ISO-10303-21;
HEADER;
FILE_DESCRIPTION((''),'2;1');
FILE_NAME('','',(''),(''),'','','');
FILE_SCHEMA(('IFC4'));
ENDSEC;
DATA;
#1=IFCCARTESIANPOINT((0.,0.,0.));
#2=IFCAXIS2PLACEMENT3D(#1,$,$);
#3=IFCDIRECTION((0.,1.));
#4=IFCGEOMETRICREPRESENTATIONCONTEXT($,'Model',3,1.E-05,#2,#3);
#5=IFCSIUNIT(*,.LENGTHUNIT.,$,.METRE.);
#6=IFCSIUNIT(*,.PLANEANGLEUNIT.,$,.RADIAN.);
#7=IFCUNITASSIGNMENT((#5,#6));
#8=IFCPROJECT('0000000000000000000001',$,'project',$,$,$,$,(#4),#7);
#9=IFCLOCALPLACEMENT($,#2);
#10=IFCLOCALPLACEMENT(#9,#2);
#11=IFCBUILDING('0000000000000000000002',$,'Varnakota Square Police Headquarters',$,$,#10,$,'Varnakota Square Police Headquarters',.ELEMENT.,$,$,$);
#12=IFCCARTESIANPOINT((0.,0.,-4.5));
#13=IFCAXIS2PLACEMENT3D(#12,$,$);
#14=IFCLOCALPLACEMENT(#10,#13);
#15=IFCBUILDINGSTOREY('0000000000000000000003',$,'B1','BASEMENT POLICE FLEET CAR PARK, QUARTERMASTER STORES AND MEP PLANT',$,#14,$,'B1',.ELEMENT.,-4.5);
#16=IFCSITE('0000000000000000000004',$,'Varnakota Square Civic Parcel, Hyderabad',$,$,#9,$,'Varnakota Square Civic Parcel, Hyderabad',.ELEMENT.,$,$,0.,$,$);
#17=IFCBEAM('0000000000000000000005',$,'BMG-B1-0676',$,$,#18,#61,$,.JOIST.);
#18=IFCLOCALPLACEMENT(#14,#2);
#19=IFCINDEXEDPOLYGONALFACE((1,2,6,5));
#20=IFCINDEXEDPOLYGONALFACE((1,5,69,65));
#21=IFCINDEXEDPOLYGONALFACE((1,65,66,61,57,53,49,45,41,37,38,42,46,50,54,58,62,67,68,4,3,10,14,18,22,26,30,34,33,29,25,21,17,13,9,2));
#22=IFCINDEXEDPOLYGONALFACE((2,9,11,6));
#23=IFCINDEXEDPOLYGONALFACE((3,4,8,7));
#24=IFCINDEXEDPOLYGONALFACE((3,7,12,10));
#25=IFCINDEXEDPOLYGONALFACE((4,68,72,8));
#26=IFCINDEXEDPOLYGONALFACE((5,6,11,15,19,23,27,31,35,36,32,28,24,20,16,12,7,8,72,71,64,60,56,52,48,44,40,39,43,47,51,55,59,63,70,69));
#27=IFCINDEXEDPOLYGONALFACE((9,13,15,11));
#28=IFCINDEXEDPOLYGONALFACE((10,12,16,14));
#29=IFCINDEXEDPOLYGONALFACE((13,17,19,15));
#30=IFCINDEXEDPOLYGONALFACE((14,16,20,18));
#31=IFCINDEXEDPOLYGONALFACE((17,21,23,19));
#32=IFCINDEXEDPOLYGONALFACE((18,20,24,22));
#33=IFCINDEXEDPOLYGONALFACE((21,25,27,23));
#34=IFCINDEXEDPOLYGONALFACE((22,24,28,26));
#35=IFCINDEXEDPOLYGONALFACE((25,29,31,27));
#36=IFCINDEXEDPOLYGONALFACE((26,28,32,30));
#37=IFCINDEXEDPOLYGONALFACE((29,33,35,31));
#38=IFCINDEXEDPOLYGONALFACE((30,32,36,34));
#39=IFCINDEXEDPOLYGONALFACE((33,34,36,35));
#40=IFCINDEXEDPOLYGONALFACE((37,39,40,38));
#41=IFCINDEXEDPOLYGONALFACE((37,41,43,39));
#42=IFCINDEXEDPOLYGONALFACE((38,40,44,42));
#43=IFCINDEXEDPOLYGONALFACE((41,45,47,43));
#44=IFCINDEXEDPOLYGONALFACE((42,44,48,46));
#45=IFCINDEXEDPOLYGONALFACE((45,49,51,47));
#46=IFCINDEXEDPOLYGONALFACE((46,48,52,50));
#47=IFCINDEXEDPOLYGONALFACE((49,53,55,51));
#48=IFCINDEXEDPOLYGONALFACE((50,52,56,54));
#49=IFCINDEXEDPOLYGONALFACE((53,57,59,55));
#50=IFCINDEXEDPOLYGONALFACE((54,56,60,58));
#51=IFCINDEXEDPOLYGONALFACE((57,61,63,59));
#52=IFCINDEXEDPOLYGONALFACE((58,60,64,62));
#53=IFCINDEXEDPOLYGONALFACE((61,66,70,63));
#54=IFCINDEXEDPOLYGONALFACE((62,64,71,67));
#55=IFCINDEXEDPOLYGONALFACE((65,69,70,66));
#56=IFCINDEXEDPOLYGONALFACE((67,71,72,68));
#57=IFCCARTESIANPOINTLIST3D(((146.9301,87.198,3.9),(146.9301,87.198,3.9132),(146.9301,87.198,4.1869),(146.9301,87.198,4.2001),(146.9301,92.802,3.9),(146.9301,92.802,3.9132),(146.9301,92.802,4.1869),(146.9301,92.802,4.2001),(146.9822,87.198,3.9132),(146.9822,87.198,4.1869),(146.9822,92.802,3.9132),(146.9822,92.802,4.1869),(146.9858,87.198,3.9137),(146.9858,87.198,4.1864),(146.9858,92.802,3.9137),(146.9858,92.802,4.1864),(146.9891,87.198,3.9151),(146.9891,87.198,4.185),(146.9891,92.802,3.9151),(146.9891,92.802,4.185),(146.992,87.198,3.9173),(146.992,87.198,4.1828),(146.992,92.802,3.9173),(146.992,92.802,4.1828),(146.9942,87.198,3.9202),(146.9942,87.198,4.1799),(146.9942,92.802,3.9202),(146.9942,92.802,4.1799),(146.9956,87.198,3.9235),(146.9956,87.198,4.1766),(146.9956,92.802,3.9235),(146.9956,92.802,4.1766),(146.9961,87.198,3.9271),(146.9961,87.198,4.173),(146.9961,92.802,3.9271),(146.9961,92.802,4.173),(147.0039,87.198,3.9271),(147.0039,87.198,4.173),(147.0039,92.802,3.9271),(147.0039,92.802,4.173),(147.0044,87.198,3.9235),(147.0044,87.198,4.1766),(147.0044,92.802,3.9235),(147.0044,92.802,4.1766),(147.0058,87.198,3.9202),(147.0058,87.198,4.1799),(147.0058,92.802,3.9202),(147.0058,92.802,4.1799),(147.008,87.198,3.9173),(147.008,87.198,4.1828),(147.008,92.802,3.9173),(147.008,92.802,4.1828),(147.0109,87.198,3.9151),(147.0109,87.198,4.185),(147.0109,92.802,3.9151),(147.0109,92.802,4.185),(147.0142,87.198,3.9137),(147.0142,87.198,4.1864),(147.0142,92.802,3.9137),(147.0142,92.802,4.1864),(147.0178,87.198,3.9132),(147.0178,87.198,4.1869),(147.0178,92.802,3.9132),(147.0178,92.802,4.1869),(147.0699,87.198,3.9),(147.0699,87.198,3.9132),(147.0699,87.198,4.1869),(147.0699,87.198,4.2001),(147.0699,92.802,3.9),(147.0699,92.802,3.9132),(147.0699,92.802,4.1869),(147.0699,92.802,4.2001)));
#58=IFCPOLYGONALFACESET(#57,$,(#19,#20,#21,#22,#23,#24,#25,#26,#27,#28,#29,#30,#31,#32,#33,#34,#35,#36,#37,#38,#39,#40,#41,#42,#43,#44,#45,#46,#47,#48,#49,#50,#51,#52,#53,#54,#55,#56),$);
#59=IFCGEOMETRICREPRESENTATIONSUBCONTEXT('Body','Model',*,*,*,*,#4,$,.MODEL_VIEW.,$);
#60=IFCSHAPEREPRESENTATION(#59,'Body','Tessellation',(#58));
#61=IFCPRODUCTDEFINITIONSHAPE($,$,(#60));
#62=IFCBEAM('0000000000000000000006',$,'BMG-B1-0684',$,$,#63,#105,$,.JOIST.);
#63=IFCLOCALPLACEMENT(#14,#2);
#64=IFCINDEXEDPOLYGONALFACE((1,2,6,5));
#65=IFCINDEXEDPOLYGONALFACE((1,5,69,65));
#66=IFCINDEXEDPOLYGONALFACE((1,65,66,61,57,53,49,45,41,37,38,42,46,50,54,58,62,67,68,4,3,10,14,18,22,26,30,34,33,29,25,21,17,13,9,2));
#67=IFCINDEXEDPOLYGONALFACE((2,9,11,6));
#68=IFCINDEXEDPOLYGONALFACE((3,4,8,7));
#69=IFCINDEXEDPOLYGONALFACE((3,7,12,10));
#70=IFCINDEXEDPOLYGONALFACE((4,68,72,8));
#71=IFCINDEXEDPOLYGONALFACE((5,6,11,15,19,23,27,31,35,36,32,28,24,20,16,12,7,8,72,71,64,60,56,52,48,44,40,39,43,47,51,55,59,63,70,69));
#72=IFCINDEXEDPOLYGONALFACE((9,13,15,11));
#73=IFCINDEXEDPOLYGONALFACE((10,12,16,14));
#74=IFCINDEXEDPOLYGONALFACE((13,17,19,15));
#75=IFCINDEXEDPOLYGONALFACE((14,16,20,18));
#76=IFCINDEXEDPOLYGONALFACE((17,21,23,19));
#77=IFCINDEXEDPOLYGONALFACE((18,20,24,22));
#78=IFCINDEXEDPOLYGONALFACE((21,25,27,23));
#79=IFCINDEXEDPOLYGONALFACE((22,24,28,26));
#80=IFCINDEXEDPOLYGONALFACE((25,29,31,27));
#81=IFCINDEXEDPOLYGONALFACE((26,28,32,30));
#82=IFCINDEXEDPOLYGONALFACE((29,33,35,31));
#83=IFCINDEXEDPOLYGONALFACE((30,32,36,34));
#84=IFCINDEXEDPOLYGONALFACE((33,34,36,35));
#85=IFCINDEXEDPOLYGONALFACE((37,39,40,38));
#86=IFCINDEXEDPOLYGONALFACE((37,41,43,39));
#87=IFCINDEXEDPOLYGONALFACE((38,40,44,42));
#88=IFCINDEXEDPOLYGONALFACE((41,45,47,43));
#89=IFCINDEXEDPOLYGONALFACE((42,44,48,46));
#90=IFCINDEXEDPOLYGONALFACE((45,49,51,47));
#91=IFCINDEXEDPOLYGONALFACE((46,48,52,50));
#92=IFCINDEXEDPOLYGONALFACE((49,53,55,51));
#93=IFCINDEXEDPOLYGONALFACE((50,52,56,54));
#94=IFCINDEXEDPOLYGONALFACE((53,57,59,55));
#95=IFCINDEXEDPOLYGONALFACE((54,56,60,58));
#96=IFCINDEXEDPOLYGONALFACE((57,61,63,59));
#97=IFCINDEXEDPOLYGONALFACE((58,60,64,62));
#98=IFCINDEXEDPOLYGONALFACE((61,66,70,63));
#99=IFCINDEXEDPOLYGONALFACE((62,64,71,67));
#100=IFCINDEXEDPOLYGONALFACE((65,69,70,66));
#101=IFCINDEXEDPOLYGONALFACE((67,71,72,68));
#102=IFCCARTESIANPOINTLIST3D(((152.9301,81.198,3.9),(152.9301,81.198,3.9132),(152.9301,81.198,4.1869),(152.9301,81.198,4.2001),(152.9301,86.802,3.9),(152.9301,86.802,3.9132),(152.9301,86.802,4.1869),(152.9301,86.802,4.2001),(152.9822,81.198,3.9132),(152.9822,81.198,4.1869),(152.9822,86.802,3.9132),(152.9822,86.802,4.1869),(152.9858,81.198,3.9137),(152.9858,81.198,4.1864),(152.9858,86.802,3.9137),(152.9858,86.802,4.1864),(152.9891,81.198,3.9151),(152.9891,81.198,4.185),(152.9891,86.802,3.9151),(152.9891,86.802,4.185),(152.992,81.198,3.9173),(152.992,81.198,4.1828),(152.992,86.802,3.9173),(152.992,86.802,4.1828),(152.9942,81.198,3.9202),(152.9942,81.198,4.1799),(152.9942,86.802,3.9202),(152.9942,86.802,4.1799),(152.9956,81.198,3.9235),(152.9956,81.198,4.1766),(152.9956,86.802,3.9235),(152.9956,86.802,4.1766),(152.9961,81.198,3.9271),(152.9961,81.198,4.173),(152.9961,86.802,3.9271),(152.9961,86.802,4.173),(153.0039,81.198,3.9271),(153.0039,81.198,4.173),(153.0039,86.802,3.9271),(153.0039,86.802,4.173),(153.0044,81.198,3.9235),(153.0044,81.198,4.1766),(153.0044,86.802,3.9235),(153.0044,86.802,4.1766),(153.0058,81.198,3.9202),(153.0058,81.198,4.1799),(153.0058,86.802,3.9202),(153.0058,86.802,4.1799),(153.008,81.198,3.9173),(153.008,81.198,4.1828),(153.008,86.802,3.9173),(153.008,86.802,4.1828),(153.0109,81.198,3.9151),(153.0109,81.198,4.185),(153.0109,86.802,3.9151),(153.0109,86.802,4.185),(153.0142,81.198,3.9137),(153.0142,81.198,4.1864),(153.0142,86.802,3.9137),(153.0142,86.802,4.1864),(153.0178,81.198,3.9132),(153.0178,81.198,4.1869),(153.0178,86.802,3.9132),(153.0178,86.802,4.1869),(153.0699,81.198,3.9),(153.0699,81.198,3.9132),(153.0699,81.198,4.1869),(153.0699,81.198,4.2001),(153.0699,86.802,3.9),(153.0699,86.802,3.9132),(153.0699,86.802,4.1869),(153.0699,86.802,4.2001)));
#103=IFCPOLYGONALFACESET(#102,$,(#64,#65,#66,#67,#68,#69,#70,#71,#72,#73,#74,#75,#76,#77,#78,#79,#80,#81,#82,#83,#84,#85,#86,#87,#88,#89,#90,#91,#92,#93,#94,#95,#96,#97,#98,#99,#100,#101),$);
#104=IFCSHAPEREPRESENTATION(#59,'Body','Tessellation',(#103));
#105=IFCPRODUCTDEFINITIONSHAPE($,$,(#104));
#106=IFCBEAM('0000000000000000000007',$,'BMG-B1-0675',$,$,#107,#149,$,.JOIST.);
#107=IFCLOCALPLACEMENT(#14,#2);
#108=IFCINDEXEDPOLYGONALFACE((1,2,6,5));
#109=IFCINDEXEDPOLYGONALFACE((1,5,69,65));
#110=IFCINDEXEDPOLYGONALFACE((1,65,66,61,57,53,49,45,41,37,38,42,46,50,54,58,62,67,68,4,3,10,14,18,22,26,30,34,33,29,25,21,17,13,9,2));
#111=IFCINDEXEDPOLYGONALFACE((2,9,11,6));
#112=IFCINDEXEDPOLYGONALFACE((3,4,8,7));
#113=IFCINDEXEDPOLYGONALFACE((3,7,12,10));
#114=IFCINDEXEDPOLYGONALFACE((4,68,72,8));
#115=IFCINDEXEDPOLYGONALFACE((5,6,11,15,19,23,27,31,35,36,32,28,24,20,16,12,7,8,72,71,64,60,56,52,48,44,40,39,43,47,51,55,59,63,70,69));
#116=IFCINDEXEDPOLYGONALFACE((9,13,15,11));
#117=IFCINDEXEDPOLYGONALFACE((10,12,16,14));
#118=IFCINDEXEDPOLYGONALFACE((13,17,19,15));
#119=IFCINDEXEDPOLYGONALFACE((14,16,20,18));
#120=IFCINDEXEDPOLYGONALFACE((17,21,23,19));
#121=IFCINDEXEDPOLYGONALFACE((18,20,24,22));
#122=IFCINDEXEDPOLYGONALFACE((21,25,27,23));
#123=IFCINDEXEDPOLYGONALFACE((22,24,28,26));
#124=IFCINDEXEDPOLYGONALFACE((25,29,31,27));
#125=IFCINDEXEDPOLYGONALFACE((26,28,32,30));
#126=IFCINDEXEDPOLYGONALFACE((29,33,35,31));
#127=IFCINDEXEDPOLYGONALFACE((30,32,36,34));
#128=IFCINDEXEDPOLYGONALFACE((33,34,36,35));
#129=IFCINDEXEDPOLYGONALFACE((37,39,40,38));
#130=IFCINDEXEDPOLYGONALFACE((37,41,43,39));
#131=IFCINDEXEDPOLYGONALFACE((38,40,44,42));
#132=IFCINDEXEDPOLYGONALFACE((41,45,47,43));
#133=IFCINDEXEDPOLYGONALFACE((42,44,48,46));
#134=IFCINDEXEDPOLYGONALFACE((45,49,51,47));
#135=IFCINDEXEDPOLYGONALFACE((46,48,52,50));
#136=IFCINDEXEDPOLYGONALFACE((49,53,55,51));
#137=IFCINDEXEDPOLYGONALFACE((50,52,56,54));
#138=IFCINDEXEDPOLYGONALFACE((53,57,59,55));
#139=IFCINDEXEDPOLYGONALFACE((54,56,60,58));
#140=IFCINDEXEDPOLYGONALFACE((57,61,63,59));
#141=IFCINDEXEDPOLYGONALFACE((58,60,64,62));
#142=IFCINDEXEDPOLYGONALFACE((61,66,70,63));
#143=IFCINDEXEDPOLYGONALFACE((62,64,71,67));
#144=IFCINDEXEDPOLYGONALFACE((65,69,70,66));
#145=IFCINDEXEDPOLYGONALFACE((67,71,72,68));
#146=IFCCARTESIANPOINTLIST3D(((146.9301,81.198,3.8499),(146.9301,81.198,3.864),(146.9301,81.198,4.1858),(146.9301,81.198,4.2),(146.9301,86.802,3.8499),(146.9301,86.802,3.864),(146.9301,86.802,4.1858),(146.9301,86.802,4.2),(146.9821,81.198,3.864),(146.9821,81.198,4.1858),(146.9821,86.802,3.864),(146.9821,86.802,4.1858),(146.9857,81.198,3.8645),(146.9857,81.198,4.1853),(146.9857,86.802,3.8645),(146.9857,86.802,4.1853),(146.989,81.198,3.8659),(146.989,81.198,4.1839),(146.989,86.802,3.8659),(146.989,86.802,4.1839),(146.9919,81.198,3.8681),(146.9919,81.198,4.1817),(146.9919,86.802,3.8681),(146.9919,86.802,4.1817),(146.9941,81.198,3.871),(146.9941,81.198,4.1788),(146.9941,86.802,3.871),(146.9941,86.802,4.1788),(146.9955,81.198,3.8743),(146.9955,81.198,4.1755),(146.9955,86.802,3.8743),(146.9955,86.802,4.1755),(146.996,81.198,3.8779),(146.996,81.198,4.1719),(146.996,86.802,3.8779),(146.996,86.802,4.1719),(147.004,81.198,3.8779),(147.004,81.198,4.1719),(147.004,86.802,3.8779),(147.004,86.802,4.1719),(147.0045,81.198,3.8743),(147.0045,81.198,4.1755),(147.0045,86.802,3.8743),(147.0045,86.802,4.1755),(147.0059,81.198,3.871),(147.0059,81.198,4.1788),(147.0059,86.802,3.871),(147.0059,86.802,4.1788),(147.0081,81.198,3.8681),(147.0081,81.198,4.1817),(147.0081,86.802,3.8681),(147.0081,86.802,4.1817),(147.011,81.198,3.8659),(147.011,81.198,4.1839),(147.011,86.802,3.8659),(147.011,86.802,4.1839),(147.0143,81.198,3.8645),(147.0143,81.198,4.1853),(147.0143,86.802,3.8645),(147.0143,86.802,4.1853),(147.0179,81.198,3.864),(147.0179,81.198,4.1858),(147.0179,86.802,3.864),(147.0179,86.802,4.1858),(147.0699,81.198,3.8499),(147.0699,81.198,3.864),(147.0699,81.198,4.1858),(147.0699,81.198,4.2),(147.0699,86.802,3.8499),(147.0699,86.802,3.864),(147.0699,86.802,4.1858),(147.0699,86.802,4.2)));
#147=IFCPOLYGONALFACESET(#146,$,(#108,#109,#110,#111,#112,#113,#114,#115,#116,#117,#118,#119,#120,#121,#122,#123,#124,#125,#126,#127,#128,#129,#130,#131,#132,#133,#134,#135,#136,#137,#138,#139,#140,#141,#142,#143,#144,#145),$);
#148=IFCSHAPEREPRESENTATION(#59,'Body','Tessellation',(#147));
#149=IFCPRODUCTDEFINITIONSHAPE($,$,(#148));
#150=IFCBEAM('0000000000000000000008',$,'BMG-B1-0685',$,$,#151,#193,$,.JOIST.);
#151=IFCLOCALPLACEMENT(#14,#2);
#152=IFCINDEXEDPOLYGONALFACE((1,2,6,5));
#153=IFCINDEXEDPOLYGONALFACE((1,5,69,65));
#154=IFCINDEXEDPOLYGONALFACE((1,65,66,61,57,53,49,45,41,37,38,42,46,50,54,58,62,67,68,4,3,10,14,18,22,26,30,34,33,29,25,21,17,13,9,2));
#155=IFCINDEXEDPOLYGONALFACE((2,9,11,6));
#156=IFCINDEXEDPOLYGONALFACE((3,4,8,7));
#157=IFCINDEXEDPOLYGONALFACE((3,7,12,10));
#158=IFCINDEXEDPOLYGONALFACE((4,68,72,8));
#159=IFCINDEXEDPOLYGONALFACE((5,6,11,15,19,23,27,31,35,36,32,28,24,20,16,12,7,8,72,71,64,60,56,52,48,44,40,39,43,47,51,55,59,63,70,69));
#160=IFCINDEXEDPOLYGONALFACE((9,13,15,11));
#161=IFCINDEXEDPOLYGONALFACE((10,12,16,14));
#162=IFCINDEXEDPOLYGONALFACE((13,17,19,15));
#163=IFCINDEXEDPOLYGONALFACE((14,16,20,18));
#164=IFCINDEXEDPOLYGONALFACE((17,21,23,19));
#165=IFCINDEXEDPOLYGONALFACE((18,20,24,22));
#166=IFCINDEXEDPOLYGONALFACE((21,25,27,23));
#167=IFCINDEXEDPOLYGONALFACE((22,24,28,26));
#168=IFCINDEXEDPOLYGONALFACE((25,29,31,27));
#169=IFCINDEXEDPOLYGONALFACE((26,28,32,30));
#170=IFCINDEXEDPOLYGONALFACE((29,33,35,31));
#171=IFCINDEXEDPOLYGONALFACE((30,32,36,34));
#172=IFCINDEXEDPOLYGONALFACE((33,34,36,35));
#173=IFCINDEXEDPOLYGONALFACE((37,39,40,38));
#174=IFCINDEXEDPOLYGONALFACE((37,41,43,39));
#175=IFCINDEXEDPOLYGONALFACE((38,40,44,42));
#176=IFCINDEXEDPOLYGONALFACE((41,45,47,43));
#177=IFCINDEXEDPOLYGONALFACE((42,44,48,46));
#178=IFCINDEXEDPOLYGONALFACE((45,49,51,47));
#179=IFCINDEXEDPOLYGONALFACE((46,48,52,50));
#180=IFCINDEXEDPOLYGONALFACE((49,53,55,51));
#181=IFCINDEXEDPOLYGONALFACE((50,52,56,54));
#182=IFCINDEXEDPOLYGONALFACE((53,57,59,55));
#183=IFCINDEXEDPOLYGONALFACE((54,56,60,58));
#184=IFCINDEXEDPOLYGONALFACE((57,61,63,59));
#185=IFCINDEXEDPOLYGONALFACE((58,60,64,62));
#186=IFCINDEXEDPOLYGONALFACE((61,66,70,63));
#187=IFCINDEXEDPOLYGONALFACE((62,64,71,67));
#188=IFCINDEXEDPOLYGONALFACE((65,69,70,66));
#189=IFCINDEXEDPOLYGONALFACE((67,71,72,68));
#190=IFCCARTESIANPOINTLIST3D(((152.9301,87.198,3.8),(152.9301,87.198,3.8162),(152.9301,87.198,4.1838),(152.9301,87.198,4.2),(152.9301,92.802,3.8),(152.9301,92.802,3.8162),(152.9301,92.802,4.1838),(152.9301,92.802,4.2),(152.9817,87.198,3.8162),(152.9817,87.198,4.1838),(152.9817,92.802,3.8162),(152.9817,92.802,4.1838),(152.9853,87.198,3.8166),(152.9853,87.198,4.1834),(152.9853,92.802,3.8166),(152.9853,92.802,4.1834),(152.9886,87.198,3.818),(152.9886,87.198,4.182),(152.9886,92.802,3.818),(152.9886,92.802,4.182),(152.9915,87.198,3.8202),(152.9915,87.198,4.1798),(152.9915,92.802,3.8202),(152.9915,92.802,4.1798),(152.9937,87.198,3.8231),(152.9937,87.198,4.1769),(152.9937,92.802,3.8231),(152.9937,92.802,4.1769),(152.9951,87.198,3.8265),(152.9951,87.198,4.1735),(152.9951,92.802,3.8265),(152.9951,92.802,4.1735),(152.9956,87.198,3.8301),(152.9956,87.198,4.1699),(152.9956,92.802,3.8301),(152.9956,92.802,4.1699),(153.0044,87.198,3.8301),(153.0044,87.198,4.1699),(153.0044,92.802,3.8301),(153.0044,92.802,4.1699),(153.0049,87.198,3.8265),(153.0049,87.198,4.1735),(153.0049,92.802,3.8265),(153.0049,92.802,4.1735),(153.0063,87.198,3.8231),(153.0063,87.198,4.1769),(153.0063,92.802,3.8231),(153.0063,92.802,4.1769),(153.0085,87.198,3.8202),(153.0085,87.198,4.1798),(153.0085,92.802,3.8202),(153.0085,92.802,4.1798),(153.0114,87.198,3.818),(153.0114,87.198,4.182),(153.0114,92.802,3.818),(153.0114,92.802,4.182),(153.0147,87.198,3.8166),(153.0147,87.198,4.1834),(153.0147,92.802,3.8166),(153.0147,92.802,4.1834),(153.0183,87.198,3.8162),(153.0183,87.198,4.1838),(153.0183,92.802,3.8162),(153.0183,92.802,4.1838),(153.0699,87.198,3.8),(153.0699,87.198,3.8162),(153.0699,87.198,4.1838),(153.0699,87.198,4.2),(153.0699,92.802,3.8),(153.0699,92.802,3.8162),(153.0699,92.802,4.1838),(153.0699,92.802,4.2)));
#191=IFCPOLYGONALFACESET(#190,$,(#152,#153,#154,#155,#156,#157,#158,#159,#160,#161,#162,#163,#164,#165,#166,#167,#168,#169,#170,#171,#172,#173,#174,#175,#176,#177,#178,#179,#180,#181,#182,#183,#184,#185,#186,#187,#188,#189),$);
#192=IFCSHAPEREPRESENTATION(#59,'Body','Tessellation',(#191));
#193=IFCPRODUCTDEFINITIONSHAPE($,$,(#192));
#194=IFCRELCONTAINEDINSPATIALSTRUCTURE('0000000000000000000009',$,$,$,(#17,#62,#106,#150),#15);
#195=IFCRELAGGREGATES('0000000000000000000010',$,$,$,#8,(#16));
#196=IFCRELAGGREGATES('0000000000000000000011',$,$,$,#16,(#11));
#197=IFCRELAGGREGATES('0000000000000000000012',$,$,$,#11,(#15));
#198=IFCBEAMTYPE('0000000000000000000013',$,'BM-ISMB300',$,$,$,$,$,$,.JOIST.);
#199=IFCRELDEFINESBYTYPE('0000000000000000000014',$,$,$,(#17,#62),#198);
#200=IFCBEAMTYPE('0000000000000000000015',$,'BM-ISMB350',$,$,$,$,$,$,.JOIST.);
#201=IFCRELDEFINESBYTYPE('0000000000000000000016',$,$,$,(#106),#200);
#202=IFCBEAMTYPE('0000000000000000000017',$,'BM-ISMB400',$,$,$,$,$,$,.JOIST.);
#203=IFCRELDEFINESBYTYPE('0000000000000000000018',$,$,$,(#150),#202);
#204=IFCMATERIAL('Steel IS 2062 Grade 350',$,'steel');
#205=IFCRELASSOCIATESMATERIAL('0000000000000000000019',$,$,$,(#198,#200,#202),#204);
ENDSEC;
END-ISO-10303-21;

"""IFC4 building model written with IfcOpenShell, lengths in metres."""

from ifc_helpers import new_model, si_unit, direction, frame, origin, origin_2d, place, context, subcontext, project, spatial, i_section, extrude, material, material_profile, profile_set, type_object, element, save


model = new_model("IFC4")

# Units and contexts
model_context = context("Model", 3, precision=1e-05, world=origin(), true_north=direction((0.0, 1.0)))
body_context = subcontext(model_context, "Body", "Model", "MODEL_VIEW")
ifc_project = project(units=[si_unit("LENGTHUNIT", "METRE"), si_unit("PLANEANGLEUNIT", "RADIAN")], contexts=[model_context])

# Site, building, storey
site_placement = place(None, origin())
site = spatial("IfcSite", under=ifc_project, at=site_placement, Name="Varnakota Square Civic Parcel, Hyderabad", LongName="Varnakota Square Civic Parcel, Hyderabad", CompositionType="ELEMENT", RefElevation=0.0)
building_placement = place(site_placement, origin())
building = spatial("IfcBuilding", under=site, at=building_placement, Name="Varnakota Square Police Headquarters", LongName="Varnakota Square Police Headquarters", CompositionType="ELEMENT")
storey_placement = place(building_placement, frame((0.0, 0.0, -4.5)))
storey = spatial("IfcBuildingStorey", under=building, at=storey_placement, Name="B1", Description="BASEMENT POLICE FLEET CAR PARK, QUARTERMASTER STORES AND MEP PLANT", LongName="B1", CompositionType="ELEMENT", Elevation=-4.5)

# Beams
ifc_material_1 = material(Name="Steel IS 2062 Grade 350", Category="steel")
ifc_material_profile_1 = material_profile(ifc_material_1, i_section(OverallWidth=0.1399, OverallDepth=0.3, WebThickness=0.0078, FlangeThickness=0.0132, FilletRadius=0.0139, at=origin_2d()), Name="ISMB 300")
ifc_profile_set_1 = profile_set([ifc_material_profile_1], Name="Steel IS 2062 Grade 350")
beam_type_1 = type_object("IfcBeamType", Name="BM-ISMB300", PredefinedType="JOIST", material=ifc_profile_set_1)
for number, where, z_axis, x_axis, name in (
    (1, (147.0, 87.198, 4.05), (0.0, 1.0, 0.0), (-1.0, 0.0, 0.0), "BMG-B1-0676"),
    (2, (153.0, 81.198, 4.05), (0.0, 1.0, 0.0), (-1.0, 0.0, 0.0), "BMG-B1-0684"),
):
    element("IfcBeam", number, at=place(storey_placement, frame(where, z_axis=z_axis, x_axis=x_axis)), inside=storey, type_object=beam_type_1, Name=name, PredefinedType="JOIST", context=body_context, shape_type="SweptSolid", body=[
        extrude(i_section(OverallWidth=0.1399, OverallDepth=0.3, WebThickness=0.0078, FlangeThickness=0.0132, FilletRadius=0.0139, at=origin_2d()), origin(), (0.0, 0.0, 1.0), 5.604),
    ])
ifc_material_profile_2 = material_profile(ifc_material_1, i_section(OverallWidth=0.1399, OverallDepth=0.3501, WebThickness=0.0081, FlangeThickness=0.0142, FilletRadius=0.0139, at=origin_2d()), Name="ISMB 350")
ifc_profile_set_2 = profile_set([ifc_material_profile_2], Name="Steel IS 2062 Grade 350")
beam_type_2 = type_object("IfcBeamType", Name="BM-ISMB350", PredefinedType="JOIST", material=ifc_profile_set_2)
beam_1_placement = place(storey_placement, frame((147.0, 81.198, 4.0249), z_axis=(0.0, 1.0, 0.0), x_axis=(-1.0, 0.0, 0.0)))
element("IfcBeam", 3, at=beam_1_placement, inside=storey, type_object=beam_type_2, Name="BMG-B1-0675", PredefinedType="JOIST", context=body_context, shape_type="SweptSolid", body=[
    extrude(i_section(OverallWidth=0.1399, OverallDepth=0.3501, WebThickness=0.0081, FlangeThickness=0.0142, FilletRadius=0.0139, at=origin_2d()), origin(), (0.0, 0.0, 1.0), 5.604),
])
ifc_material_profile_3 = material_profile(ifc_material_1, i_section(OverallWidth=0.1399, OverallDepth=0.3999, WebThickness=0.0088, FlangeThickness=0.0161, FilletRadius=0.0139, at=origin_2d()), Name="ISMB 400")
ifc_profile_set_3 = profile_set([ifc_material_profile_3], Name="Steel IS 2062 Grade 350")
beam_type_3 = type_object("IfcBeamType", Name="BM-ISMB400", PredefinedType="JOIST", material=ifc_profile_set_3)
beam_2_placement = place(storey_placement, frame((153.0, 87.198, 4.0), z_axis=(0.0, 1.0, 0.0), x_axis=(-1.0, 0.0, 0.0)))
element("IfcBeam", 4, at=beam_2_placement, inside=storey, type_object=beam_type_3, Name="BMG-B1-0685", PredefinedType="JOIST", context=body_context, shape_type="SweptSolid", body=[
    extrude(i_section(OverallWidth=0.1399, OverallDepth=0.3999, WebThickness=0.0088, FlangeThickness=0.0161, FilletRadius=0.0139, at=origin_2d()), origin(), (0.0, 0.0, 1.0), 5.604),
])

save(model, "model.ifc")
